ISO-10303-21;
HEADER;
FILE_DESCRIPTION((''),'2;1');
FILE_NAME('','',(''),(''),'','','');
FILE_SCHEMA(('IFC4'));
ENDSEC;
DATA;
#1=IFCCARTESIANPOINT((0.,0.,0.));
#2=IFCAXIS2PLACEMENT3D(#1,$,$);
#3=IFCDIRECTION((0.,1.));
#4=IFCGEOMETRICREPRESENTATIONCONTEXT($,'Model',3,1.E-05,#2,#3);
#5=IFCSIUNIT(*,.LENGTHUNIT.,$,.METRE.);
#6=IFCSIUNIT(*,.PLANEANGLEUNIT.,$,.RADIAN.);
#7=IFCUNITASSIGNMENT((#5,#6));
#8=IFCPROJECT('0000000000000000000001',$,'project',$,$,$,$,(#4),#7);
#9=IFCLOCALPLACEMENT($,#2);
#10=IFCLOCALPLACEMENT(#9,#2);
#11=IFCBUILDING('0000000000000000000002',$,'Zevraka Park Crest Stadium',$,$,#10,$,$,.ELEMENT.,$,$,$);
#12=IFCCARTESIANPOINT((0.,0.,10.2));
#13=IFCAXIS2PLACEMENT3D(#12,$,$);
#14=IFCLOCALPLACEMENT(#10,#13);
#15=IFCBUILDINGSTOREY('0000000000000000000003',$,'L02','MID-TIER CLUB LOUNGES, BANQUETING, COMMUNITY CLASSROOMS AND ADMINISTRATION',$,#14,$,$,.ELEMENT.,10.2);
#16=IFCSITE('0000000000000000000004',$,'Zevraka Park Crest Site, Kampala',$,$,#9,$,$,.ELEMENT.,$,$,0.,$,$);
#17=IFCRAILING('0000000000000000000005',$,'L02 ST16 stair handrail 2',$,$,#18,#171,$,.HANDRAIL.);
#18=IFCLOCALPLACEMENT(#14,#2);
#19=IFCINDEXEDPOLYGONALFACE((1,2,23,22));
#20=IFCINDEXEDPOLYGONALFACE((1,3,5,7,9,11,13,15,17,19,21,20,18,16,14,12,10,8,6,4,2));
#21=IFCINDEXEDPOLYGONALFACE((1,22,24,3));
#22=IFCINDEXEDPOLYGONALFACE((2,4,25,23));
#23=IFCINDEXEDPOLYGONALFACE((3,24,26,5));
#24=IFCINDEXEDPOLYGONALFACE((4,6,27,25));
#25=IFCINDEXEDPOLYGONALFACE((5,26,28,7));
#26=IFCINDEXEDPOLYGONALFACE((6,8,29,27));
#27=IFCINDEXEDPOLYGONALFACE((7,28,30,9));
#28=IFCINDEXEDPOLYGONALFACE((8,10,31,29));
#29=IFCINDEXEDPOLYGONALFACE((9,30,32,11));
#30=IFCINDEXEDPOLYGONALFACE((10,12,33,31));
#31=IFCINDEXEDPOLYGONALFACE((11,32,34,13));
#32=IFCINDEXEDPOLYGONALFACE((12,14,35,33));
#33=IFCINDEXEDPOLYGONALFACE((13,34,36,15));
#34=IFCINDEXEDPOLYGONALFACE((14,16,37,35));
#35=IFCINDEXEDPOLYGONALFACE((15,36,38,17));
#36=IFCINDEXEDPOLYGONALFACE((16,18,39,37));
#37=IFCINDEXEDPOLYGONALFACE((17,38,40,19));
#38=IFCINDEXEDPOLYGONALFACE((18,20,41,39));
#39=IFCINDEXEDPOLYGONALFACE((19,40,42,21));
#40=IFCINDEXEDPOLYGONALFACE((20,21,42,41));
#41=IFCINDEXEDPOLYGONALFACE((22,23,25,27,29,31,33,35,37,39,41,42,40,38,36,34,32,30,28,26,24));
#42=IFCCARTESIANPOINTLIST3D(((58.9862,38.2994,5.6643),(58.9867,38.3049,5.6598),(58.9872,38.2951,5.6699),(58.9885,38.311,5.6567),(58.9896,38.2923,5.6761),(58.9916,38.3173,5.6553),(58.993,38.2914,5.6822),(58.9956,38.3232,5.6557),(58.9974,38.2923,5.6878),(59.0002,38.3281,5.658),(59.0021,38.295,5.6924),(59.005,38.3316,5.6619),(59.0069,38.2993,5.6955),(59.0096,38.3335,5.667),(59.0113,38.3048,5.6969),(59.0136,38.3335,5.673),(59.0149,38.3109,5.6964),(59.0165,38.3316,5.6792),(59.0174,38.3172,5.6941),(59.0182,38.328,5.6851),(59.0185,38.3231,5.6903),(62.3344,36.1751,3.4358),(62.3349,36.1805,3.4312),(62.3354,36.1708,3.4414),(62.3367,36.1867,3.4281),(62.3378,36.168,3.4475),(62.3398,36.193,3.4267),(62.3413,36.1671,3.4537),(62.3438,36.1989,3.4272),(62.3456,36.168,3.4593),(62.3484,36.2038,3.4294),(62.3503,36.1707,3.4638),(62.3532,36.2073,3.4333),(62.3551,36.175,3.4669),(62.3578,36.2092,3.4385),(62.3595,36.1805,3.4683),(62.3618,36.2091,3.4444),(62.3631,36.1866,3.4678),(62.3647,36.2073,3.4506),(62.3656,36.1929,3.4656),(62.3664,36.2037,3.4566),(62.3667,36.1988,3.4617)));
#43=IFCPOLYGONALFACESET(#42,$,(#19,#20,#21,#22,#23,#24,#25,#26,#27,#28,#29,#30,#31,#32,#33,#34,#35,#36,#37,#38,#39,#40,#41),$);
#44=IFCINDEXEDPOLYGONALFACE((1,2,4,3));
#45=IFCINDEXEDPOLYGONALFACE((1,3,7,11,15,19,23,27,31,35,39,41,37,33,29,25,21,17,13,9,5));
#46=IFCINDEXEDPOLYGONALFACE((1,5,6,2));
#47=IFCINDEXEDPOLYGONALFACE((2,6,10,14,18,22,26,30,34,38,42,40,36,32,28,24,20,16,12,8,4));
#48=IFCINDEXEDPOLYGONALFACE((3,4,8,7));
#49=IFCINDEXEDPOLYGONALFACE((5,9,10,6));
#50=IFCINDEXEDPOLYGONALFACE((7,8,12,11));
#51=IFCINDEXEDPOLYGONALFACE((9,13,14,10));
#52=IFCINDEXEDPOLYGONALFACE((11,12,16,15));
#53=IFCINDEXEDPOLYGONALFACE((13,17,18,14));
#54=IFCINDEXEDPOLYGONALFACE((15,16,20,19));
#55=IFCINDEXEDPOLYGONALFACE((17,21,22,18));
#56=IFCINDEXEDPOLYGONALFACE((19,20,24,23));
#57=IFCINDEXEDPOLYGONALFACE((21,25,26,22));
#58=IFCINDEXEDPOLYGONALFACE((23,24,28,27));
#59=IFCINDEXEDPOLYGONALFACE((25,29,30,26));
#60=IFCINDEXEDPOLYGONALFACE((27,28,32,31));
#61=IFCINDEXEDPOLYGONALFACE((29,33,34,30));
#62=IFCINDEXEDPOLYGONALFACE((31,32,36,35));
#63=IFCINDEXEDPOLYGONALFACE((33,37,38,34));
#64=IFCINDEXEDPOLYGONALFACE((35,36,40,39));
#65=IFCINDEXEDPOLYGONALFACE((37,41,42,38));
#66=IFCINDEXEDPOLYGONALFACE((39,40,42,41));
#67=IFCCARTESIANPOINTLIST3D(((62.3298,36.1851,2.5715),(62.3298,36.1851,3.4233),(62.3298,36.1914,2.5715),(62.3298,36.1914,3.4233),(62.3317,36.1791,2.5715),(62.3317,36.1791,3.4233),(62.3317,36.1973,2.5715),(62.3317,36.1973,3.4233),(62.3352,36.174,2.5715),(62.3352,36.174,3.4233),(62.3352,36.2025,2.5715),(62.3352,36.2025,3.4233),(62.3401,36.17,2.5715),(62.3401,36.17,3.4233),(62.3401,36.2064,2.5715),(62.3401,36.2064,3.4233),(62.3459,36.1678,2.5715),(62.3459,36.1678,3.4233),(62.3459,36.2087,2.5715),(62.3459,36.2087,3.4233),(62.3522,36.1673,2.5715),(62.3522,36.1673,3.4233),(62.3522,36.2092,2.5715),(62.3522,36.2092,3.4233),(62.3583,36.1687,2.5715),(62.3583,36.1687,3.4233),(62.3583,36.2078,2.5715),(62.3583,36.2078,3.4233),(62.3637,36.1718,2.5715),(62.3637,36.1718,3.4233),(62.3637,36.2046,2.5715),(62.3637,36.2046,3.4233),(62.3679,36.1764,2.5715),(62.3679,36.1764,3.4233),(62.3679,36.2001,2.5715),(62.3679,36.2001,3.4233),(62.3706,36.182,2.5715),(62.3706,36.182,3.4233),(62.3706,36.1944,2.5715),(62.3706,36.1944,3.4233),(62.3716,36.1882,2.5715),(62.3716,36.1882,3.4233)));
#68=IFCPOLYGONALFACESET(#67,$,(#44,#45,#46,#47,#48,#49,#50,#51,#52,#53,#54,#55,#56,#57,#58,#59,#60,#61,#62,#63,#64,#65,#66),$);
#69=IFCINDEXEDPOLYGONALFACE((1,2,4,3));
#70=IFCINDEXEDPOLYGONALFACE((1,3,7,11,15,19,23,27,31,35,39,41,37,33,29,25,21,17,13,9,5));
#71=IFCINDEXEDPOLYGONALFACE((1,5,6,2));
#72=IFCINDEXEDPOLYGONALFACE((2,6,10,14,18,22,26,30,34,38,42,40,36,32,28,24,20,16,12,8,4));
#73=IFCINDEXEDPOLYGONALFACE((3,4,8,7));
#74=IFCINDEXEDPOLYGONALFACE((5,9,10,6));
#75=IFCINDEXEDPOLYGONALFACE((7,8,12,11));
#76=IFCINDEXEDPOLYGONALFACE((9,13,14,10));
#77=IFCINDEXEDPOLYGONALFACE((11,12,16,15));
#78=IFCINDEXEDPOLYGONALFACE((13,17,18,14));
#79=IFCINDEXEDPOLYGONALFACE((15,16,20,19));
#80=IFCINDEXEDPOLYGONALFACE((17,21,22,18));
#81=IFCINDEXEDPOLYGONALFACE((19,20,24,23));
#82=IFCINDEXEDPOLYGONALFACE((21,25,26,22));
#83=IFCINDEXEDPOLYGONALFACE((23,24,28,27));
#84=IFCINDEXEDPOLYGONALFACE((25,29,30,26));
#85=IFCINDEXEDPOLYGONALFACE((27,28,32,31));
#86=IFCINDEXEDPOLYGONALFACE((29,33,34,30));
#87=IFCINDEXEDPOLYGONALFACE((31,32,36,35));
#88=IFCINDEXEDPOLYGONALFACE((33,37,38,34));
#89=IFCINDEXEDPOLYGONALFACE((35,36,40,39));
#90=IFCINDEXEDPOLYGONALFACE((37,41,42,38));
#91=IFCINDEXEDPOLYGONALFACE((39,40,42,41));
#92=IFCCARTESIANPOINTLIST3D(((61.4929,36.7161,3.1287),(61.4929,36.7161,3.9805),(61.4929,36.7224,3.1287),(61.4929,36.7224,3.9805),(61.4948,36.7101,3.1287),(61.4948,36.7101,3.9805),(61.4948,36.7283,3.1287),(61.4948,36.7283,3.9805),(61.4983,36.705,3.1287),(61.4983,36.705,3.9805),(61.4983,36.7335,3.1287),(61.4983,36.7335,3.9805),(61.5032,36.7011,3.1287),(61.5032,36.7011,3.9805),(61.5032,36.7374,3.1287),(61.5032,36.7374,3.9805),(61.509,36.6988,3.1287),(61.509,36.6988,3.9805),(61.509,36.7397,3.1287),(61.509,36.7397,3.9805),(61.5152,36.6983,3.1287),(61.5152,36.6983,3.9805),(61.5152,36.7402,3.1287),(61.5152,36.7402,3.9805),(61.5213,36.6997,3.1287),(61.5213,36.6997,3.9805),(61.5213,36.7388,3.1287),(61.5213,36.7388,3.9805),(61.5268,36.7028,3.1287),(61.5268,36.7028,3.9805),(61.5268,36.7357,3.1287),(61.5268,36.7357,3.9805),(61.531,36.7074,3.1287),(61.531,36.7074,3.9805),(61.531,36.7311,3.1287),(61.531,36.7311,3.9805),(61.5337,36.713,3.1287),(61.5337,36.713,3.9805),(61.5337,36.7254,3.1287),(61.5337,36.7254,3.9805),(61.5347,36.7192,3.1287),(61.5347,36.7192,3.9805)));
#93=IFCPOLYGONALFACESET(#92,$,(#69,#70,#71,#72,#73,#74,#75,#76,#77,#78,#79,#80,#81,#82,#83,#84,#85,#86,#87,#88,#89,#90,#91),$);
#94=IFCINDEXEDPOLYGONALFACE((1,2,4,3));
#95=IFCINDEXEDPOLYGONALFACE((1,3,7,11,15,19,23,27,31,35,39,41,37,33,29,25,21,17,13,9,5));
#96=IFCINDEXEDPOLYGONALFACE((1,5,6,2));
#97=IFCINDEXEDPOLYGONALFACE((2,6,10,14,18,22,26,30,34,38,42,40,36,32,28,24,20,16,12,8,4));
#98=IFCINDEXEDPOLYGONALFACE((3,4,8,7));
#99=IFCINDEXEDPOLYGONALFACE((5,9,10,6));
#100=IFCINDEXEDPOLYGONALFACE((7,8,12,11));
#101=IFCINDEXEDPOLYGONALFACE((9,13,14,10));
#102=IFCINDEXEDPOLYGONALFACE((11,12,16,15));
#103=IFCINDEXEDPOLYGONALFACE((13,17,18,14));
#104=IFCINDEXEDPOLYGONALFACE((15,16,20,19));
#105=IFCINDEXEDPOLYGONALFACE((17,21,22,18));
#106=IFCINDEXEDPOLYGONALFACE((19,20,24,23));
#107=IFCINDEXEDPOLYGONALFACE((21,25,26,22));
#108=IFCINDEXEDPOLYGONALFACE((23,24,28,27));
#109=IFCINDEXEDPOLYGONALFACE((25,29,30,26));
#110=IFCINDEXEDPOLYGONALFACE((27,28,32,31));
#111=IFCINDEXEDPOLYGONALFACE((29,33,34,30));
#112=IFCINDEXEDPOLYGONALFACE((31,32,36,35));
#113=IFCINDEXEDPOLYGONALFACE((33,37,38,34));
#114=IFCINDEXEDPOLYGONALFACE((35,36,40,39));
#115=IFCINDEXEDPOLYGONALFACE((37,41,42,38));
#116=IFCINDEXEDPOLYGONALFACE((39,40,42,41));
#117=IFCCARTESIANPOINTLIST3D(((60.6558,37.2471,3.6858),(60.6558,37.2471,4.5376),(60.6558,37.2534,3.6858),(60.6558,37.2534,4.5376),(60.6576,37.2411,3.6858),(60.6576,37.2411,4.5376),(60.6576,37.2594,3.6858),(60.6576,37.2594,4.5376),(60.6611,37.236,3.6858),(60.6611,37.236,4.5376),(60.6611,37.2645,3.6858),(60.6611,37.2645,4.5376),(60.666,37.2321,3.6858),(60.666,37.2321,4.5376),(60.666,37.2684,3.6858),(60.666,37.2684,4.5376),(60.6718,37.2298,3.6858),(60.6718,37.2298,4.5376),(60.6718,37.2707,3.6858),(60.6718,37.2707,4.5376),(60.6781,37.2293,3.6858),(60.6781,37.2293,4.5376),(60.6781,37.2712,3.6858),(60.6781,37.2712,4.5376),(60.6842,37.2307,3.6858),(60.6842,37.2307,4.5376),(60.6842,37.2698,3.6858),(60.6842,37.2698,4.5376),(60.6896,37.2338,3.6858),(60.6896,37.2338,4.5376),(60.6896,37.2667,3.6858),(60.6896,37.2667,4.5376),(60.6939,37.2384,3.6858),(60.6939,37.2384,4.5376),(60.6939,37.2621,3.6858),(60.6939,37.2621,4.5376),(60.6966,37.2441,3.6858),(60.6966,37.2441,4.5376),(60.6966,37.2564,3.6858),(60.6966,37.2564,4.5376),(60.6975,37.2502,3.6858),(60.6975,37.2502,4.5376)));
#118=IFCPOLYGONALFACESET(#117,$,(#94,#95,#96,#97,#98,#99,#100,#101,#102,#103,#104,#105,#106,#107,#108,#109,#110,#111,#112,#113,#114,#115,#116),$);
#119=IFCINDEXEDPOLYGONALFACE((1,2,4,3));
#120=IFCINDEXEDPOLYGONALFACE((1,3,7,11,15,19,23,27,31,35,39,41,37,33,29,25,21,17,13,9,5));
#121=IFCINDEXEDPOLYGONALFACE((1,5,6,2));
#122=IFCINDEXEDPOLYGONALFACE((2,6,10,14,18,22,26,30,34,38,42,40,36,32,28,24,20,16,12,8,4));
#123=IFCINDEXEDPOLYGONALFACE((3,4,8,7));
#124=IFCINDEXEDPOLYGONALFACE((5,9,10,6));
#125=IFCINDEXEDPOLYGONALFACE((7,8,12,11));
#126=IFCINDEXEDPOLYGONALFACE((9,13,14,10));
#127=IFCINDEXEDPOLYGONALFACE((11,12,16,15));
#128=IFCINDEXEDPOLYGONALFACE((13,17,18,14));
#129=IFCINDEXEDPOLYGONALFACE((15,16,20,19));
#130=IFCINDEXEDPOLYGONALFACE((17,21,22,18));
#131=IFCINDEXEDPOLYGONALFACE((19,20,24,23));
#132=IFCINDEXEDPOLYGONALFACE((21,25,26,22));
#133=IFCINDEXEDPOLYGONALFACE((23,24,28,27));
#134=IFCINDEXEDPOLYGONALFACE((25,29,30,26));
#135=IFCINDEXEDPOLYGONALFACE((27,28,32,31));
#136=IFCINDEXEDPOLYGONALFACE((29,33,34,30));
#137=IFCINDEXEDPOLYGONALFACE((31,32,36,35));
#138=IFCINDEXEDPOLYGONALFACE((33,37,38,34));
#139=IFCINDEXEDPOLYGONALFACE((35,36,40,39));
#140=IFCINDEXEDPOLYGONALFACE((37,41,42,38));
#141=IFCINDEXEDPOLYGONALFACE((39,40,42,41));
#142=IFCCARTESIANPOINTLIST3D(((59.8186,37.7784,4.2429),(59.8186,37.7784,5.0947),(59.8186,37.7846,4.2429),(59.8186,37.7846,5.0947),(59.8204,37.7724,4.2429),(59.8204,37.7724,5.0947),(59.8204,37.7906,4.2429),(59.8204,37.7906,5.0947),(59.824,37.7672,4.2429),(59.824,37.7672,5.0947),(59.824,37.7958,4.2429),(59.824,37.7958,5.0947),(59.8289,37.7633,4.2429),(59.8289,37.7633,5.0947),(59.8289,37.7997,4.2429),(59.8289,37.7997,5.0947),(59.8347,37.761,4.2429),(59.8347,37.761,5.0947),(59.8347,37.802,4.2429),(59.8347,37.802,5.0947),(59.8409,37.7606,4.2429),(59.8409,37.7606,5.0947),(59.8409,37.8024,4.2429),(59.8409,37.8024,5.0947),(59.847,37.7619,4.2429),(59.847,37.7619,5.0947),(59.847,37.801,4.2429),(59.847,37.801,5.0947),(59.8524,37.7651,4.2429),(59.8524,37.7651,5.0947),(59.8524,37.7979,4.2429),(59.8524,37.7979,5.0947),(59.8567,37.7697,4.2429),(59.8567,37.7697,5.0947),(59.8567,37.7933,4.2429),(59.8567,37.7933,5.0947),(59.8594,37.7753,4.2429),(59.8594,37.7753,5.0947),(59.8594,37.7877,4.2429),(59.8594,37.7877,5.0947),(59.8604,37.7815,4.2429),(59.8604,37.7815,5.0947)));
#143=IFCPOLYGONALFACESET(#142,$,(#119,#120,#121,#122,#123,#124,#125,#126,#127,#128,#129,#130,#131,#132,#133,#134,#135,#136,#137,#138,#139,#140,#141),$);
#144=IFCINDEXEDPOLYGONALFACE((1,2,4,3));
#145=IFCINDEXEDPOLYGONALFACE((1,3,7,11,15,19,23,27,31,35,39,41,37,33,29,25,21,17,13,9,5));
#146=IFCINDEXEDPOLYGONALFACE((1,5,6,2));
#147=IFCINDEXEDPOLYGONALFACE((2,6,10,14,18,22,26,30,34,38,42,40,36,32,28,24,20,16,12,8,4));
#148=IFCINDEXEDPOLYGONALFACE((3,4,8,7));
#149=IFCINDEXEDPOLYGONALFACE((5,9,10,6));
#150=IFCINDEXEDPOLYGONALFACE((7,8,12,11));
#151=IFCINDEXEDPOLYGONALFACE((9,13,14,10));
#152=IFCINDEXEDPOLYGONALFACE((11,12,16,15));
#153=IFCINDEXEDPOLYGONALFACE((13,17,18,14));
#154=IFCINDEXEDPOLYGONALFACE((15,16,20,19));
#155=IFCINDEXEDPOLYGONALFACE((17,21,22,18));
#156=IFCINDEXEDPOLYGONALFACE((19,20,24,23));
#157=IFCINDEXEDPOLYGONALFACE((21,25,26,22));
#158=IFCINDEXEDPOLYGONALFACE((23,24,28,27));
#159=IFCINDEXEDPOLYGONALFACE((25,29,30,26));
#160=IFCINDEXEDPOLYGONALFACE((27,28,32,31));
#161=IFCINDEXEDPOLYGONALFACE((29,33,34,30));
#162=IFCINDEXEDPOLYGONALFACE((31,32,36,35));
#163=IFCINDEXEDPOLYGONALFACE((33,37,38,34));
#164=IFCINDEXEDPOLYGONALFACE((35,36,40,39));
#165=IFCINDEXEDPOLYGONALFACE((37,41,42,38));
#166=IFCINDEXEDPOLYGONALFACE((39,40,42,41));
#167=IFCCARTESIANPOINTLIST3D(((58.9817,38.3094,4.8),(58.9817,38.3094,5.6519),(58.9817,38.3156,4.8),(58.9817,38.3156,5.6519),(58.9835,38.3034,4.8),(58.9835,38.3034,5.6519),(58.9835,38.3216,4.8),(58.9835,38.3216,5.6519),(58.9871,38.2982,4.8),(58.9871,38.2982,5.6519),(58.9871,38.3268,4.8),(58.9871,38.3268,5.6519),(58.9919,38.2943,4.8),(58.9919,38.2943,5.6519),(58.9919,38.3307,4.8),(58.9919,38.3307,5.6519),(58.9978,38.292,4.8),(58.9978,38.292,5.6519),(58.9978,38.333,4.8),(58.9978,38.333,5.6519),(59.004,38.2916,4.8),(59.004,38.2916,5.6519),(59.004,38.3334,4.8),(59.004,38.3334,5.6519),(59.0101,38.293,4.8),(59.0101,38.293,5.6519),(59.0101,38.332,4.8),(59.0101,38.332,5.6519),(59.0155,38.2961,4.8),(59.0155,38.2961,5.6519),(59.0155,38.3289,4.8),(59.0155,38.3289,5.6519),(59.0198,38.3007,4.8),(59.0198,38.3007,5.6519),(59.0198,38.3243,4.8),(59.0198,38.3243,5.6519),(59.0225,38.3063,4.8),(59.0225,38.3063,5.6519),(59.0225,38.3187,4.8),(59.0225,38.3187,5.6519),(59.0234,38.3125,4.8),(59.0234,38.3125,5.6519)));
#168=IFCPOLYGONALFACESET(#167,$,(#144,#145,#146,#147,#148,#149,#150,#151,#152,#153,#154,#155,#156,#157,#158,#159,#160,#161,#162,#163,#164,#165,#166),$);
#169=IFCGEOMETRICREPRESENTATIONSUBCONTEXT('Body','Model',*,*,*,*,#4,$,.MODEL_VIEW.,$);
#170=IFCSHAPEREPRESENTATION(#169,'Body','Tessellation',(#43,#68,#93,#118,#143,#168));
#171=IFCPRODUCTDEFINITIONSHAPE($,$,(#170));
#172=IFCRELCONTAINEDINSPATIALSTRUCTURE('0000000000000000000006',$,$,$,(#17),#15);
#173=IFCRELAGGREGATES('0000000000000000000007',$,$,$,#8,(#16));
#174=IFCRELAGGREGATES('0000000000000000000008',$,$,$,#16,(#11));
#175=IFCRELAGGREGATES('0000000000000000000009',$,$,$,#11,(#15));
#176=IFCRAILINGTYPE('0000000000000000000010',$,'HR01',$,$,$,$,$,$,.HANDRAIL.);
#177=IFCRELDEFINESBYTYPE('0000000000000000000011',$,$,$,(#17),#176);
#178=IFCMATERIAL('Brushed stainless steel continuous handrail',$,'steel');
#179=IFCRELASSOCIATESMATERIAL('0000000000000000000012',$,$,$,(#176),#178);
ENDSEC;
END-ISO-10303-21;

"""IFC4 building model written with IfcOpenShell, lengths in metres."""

from ifc_helpers import new_model, si_unit, direction, frame, origin, origin_2d, place, context, subcontext, project, spatial, circle, extrude, material, type_object, element, save


model = new_model("IFC4")

# Units and contexts
model_context = context("Model", 3, precision=1e-05, world=origin(), true_north=direction((0.0, 1.0)))
body_context = subcontext(model_context, "Body", "Model", "MODEL_VIEW")
ifc_project = project(units=[si_unit("LENGTHUNIT", "METRE"), si_unit("PLANEANGLEUNIT", "RADIAN")], contexts=[model_context])

# Site, building, storey
site_placement = place(None, origin())
site = spatial("IfcSite", under=ifc_project, at=site_placement, Name="Zevraka Park Crest Site, Kampala", CompositionType="ELEMENT", RefElevation=0.0)
building_placement = place(site_placement, origin())
building = spatial("IfcBuilding", under=site, at=building_placement, Name="Zevraka Park Crest Stadium", CompositionType="ELEMENT")
storey_placement = place(building_placement, frame((0.0, 0.0, 10.2)))
storey = spatial("IfcBuildingStorey", under=building, at=storey_placement, Name="L02", Description="MID-TIER CLUB LOUNGES, BANQUETING, COMMUNITY CLASSROOMS AND ADMINISTRATION", CompositionType="ELEMENT", Elevation=10.2)

# Railing
ifc_material_1 = material(Name="Brushed stainless steel continuous handrail", Category="steel")
railing_type_1 = type_object("IfcRailingType", Name="HR01", PredefinedType="HANDRAIL", material=ifc_material_1)
railing_1_placement = place(storey_placement, frame((62.3506, 36.1882, 2.5715)))
element("IfcRailing", 1, at=railing_1_placement, inside=storey, type_object=railing_type_1, Name="L02 ST16 stair handrail 2", PredefinedType="HANDRAIL", context=body_context, shape_type="SweptSolid", body=[
    extrude(circle(Radius=0.0239, at=origin_2d()), frame((0.0, 0.0, 0.876), z_axis=(-0.736098, 0.467026, 0.489945), x_axis=(-0.535732, -0.844388, 0.0)), (0.0, 0.0, 1.0), 4.5486),
    extrude(circle(Radius=0.021, at=origin_2d()), origin(), (0.0, 0.0, 1.0), 0.8518),
    extrude(circle(Radius=0.021, at=origin_2d()), frame((-0.8369, 0.531, 0.5571)), (0.0, 0.0, 1.0), 0.8518),
    extrude(circle(Radius=0.021, at=origin_2d()), frame((-1.6741, 1.062, 1.1143)), (0.0, 0.0, 1.0), 0.8518),
    extrude(circle(Radius=0.021, at=origin_2d()), frame((-2.5112, 1.5933, 1.6714)), (0.0, 0.0, 1.0), 0.8518),
    extrude(circle(Radius=0.021, at=origin_2d()), frame((-3.3481, 2.1243, 2.2285)), (0.0, 0.0, 1.0), 0.8518),
])

save(model, "model.ifc")
